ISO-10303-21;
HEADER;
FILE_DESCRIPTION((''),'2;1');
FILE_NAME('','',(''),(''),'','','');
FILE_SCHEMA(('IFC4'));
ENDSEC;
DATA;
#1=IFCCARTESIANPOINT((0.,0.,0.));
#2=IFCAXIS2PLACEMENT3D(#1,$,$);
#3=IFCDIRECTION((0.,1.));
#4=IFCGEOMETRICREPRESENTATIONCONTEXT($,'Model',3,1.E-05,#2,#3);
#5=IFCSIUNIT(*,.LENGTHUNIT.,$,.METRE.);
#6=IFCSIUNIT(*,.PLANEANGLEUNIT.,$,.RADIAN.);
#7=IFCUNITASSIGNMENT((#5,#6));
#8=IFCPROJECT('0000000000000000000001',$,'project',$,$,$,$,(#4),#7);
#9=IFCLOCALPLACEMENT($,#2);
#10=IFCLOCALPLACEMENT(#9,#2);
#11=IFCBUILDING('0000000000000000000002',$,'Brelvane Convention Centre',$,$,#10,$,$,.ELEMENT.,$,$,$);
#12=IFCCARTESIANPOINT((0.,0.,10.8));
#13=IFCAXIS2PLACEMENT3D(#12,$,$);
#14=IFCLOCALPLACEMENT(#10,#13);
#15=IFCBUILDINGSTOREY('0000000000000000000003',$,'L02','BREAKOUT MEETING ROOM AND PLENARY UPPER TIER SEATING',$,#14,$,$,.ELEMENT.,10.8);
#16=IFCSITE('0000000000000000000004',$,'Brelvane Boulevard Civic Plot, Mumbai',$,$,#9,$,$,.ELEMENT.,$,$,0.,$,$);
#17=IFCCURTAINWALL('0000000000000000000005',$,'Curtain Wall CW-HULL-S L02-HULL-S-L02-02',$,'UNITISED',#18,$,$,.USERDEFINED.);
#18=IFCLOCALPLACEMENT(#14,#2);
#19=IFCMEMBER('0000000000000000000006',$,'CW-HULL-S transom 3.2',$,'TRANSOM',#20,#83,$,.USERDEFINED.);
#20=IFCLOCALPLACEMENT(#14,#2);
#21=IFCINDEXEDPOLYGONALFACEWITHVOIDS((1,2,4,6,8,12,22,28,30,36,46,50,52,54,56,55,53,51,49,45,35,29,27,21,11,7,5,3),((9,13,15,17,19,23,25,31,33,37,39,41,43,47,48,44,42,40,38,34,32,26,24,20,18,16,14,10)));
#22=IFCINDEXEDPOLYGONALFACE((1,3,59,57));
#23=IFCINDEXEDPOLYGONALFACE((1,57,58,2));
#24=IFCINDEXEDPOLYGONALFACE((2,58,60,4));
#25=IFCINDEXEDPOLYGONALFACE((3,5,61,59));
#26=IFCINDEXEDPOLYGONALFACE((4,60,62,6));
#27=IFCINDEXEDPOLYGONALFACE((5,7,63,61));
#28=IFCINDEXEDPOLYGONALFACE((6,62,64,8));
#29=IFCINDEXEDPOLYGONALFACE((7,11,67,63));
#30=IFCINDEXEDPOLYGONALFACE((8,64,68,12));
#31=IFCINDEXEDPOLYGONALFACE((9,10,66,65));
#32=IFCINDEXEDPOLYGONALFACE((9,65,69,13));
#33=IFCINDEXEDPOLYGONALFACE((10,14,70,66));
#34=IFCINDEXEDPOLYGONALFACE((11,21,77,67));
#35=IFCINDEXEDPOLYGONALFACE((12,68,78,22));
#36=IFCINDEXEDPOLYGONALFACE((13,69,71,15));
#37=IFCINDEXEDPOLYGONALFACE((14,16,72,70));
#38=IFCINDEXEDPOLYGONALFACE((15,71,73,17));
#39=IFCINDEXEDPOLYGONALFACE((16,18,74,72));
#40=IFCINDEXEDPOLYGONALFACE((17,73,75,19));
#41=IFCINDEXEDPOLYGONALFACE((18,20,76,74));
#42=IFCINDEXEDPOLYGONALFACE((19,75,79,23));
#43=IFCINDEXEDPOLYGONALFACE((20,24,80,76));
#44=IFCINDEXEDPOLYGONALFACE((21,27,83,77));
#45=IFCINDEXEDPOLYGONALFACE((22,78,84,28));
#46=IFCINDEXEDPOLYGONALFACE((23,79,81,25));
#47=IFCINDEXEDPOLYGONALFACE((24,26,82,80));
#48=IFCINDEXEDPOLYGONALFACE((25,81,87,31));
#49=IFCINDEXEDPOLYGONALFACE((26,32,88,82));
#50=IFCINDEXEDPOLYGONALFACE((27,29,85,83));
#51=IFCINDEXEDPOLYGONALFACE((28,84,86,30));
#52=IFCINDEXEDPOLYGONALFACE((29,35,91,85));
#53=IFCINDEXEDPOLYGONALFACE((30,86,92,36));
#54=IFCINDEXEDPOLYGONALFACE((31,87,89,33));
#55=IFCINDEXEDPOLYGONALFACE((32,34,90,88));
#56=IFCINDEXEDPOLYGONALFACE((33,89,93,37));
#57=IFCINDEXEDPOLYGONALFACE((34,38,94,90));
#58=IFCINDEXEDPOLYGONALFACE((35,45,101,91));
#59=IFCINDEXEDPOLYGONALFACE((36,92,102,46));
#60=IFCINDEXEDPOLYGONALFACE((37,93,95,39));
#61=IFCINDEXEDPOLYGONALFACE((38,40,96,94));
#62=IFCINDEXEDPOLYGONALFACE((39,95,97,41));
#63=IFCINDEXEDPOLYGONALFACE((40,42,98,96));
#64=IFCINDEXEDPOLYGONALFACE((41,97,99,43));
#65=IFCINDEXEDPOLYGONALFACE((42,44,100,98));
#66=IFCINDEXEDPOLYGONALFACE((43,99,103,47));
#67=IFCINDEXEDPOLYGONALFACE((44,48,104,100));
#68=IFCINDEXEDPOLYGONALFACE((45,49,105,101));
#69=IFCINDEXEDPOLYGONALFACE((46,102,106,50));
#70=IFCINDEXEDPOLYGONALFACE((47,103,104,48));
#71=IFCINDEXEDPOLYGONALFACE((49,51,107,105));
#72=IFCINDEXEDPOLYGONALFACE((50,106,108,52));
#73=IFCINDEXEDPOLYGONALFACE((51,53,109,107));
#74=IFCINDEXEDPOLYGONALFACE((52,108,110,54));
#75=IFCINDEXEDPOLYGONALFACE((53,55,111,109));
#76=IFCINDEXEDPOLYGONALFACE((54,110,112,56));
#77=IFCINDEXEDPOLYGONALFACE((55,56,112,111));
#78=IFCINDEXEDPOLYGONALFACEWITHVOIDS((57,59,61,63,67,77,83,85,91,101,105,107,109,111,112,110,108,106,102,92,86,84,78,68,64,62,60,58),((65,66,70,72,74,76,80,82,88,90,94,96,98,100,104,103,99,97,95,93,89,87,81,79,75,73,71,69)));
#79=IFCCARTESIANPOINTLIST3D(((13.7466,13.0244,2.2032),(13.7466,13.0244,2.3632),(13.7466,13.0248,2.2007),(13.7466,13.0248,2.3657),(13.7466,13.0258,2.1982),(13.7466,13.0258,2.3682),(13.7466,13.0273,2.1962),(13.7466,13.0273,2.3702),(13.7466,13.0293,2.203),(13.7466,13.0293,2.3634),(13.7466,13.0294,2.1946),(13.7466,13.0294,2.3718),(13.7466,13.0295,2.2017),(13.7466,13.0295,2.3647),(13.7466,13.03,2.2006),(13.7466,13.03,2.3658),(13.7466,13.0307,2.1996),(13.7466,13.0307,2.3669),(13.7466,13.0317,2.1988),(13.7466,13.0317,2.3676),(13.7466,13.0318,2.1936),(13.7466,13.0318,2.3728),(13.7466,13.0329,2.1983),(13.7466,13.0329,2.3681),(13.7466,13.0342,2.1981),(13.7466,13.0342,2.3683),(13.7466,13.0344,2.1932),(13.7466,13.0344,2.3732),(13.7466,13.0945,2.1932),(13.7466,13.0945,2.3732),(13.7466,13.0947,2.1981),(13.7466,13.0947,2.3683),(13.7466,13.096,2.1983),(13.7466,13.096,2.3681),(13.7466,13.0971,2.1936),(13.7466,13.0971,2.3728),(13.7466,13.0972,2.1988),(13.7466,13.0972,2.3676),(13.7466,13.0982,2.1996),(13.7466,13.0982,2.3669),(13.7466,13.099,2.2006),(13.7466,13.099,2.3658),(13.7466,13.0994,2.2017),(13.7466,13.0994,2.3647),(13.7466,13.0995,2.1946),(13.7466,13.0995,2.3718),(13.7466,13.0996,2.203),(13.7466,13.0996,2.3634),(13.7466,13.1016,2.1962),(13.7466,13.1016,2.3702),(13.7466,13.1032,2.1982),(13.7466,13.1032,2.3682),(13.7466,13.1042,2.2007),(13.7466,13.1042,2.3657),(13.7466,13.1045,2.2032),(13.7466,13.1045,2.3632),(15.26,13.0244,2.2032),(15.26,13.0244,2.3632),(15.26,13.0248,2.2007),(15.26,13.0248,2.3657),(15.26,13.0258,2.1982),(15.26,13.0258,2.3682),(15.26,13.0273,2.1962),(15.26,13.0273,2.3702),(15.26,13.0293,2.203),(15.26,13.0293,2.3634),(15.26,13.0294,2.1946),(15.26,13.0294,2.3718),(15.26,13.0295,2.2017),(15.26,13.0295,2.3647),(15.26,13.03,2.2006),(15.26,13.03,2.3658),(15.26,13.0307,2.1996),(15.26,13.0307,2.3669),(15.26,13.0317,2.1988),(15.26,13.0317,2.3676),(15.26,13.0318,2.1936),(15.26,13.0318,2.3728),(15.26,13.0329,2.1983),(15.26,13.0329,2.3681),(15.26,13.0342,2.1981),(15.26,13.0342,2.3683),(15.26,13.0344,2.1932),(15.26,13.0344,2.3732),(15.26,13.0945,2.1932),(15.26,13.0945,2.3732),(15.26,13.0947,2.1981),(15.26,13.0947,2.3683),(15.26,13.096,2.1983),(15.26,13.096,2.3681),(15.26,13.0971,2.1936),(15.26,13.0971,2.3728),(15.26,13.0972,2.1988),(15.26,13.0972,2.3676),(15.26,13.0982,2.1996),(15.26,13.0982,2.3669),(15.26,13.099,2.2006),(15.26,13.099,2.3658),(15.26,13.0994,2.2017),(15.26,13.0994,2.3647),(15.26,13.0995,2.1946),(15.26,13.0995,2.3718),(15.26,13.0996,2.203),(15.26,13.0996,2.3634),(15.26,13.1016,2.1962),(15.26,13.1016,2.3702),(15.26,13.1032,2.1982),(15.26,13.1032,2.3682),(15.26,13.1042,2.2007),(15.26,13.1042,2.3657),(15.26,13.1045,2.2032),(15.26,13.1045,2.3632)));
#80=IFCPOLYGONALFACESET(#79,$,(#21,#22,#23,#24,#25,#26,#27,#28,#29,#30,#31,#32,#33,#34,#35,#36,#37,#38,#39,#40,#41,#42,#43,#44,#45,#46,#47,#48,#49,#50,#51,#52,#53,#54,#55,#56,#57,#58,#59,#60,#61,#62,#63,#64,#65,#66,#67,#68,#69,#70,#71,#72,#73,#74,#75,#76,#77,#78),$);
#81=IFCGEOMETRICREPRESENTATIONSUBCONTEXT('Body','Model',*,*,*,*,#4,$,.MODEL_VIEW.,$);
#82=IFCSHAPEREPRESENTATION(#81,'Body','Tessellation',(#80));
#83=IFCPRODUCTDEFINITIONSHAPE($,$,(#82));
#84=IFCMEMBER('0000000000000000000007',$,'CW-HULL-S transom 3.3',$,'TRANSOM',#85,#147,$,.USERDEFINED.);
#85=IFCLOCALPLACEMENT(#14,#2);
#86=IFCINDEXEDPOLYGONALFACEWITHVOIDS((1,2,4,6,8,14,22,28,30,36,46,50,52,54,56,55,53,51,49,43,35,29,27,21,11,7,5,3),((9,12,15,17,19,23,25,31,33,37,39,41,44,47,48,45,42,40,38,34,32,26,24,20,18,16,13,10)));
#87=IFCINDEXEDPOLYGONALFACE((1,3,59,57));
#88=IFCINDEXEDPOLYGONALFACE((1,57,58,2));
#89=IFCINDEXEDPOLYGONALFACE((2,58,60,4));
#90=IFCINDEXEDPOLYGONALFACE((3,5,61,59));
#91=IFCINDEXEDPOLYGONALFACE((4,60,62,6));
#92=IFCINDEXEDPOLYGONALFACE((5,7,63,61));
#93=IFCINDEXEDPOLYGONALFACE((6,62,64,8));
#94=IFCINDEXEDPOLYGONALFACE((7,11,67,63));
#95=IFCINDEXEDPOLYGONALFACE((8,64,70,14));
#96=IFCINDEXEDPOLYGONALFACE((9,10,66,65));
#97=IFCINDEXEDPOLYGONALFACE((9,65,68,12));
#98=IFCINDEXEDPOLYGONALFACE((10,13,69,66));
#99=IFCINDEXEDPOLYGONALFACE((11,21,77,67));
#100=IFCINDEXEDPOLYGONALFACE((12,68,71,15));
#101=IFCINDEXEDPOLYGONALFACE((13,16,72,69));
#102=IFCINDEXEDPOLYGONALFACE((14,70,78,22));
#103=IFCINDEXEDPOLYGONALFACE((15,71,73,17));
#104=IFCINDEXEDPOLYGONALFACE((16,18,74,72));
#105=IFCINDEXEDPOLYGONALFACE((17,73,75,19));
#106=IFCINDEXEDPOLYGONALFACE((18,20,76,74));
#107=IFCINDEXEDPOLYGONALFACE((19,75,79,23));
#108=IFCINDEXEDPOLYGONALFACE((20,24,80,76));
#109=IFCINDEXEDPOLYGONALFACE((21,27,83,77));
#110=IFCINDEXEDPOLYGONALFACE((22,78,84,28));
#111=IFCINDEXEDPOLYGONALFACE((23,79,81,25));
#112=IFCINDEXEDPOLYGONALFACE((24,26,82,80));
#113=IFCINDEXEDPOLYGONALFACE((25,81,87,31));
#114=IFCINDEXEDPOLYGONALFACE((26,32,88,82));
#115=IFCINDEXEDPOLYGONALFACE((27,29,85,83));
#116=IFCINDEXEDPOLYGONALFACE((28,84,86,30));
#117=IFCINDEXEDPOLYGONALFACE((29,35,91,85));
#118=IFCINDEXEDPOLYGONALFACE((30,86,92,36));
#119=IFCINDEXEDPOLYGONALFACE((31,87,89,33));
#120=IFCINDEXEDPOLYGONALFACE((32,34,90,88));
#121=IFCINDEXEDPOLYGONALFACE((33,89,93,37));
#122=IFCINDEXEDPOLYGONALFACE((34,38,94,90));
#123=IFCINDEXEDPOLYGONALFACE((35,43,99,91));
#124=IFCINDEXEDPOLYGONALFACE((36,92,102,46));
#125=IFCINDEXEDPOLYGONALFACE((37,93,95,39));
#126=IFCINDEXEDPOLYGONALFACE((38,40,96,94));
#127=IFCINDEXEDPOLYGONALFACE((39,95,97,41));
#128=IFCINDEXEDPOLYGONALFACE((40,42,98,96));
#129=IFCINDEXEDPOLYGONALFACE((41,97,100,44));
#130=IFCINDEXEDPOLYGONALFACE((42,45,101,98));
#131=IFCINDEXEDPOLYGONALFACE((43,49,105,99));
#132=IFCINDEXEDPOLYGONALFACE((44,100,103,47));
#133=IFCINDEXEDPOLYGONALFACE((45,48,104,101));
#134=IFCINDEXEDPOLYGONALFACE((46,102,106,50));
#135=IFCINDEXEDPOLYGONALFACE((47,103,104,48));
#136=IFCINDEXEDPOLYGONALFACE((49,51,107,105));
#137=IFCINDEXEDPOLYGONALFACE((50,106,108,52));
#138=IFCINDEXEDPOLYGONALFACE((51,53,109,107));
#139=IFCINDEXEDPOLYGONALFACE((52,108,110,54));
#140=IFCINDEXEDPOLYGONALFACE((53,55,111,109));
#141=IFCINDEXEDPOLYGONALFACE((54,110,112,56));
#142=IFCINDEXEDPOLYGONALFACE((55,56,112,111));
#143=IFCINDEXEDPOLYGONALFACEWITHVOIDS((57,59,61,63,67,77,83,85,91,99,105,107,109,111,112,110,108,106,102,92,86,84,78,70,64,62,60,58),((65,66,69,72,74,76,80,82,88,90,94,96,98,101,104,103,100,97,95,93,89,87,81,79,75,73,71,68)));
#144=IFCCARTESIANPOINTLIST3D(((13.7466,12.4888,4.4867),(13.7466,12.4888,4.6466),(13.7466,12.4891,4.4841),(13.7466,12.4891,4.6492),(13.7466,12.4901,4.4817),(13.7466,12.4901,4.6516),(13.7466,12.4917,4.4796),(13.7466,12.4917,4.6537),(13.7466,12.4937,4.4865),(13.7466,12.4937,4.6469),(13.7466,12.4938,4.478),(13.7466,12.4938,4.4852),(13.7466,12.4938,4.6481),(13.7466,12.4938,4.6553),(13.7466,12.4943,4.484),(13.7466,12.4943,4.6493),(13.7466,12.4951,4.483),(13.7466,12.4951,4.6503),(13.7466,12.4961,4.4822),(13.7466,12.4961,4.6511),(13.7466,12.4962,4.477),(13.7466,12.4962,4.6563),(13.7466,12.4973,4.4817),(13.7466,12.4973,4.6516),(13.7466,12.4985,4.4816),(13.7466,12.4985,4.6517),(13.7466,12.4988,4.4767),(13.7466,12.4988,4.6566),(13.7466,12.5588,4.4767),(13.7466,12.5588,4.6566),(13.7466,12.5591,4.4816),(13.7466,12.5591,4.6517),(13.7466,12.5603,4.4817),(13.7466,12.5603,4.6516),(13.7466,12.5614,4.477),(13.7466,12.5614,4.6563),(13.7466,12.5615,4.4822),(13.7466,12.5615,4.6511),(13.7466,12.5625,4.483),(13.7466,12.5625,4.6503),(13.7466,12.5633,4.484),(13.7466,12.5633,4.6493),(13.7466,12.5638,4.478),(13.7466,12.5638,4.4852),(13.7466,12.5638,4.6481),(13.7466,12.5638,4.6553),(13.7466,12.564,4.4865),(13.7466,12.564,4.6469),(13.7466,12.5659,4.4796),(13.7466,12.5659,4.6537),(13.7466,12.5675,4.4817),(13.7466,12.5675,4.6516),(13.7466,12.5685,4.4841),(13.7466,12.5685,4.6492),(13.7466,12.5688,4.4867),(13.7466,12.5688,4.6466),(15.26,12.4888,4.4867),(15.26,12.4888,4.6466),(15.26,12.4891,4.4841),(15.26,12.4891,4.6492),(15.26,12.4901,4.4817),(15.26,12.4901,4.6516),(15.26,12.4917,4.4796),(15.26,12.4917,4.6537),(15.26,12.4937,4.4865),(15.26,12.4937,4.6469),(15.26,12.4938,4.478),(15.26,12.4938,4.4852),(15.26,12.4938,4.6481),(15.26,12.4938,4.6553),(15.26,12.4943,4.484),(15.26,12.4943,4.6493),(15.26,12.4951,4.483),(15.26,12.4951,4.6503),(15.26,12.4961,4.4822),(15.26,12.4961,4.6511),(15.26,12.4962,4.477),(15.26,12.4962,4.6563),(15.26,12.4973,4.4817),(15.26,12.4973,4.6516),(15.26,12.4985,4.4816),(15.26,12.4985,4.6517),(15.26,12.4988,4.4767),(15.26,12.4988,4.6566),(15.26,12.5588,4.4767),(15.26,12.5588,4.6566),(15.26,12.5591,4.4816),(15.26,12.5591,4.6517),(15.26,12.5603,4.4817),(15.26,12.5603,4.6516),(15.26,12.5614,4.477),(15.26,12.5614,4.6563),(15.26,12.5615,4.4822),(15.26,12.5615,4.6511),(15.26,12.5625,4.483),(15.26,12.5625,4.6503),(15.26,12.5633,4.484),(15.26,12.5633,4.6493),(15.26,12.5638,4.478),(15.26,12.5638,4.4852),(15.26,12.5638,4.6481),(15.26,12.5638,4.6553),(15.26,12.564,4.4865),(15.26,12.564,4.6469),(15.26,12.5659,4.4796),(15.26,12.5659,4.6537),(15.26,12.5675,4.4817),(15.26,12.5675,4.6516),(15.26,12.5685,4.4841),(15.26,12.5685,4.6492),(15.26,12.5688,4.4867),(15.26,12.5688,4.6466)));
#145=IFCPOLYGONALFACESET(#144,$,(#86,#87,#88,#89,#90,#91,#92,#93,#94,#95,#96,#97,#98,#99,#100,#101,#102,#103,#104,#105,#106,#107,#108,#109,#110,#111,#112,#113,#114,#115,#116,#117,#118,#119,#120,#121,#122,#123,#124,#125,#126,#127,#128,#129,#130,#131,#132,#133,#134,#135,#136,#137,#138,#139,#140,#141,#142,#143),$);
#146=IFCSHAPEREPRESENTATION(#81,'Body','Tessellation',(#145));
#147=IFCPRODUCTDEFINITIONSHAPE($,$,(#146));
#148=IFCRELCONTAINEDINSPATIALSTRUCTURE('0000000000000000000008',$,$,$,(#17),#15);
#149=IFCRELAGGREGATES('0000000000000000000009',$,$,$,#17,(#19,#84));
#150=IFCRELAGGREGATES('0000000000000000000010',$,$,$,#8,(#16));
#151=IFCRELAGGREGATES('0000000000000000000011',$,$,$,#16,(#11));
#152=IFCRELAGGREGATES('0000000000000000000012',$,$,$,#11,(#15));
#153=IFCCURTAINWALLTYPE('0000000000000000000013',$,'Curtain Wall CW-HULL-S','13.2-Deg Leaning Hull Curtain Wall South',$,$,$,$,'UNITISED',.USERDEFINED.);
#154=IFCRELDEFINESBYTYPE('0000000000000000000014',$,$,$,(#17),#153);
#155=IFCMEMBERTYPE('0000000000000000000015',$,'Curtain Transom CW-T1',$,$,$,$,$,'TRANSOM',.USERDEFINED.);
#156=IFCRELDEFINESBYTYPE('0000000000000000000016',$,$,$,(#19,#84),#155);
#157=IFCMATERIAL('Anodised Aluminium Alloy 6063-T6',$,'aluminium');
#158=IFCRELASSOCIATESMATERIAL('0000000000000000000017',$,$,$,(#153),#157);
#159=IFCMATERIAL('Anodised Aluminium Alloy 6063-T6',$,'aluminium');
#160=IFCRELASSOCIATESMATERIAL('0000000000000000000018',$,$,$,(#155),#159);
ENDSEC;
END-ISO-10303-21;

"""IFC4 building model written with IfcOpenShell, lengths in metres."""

from ifc_helpers import new_model, si_unit, direction, frame, origin, origin_2d, place, context, subcontext, project, spatial, hollow_rectangle, extrude, material, material_profile, profile_set, type_object, element, aggregate, save


model = new_model("IFC4")

# Units and contexts
model_context = context("Model", 3, precision=1e-05, world=origin(), true_north=direction((0.0, 1.0)))
body_context = subcontext(model_context, "Body", "Model", "MODEL_VIEW")
ifc_project = project(units=[si_unit("LENGTHUNIT", "METRE"), si_unit("PLANEANGLEUNIT", "RADIAN")], contexts=[model_context])

# Site, building, storey
site_placement = place(None, origin())
site = spatial("IfcSite", under=ifc_project, at=site_placement, Name="Brelvane Boulevard Civic Plot, Mumbai", CompositionType="ELEMENT", RefElevation=0.0)
building_placement = place(site_placement, origin())
building = spatial("IfcBuilding", under=site, at=building_placement, Name="Brelvane Convention Centre", CompositionType="ELEMENT")
storey_placement = place(building_placement, frame((0.0, 0.0, 10.8)))
storey = spatial("IfcBuildingStorey", under=building, at=storey_placement, Name="L02", Description="BREAKOUT MEETING ROOM AND PLENARY UPPER TIER SEATING", CompositionType="ELEMENT", Elevation=10.8)

# Curtain wall, members
ifc_material_1 = material(Name="Anodised Aluminium Alloy 6063-T6", Category="aluminium")
curtain_wall_type = type_object("IfcCurtainWallType", Name="Curtain Wall CW-HULL-S", Description="13.2-Deg Leaning Hull Curtain Wall South", ElementType="UNITISED", PredefinedType="USERDEFINED", material=ifc_material_1)
ifc_material_2 = material(Name="Anodised Aluminium Alloy 6063-T6", Category="aluminium")
ifc_material_profile = material_profile(ifc_material_2, hollow_rectangle(XDim=0.0801, YDim=0.1799, WallThickness=0.0049, InnerFilletRadius=0.0049, OuterFilletRadius=0.01, at=origin_2d()), Name="ALU-T 180x80x5.0")
ifc_profile_set = profile_set([ifc_material_profile], Name="Anodised Aluminium Alloy 6063-T6")
member_type = type_object("IfcMemberType", Name="Curtain Transom CW-T1", ElementType="TRANSOM", PredefinedType="USERDEFINED", material=ifc_profile_set)
curtain_wall_1_placement = place(storey_placement, origin())
curtain_wall_1 = element("IfcCurtainWall", 1, at=curtain_wall_1_placement, inside=storey, type_object=curtain_wall_type, Name="Curtain Wall CW-HULL-S L02-HULL-S-L02-02", ObjectType="UNITISED", PredefinedType="USERDEFINED")
member_1_placement = place(storey_placement, frame((13.7466, 13.0645, 2.2832), z_axis=(1.0, 0.0, 0.0), x_axis=(0.0, 1.0, 0.0)))
member_1 = element("IfcMember", 2, at=member_1_placement, type_object=member_type, Name="CW-HULL-S transom 3.2", ObjectType="TRANSOM", PredefinedType="USERDEFINED", context=body_context, shape_type="SweptSolid", body=[
    extrude(hollow_rectangle(XDim=0.0801, YDim=0.1799, WallThickness=0.0049, InnerFilletRadius=0.0049, OuterFilletRadius=0.01, at=origin_2d()), origin(), (0.0, 0.0, 1.0), 1.5134),
])
member_2_placement = place(storey_placement, frame((13.7466, 12.5288, 4.5667), z_axis=(1.0, 0.0, 0.0), x_axis=(0.0, 1.0, 0.0)))
member_2 = element("IfcMember", 3, at=member_2_placement, type_object=member_type, Name="CW-HULL-S transom 3.3", ObjectType="TRANSOM", PredefinedType="USERDEFINED", context=body_context, shape_type="SweptSolid", body=[
    extrude(hollow_rectangle(XDim=0.0801, YDim=0.1799, WallThickness=0.0049, InnerFilletRadius=0.0049, OuterFilletRadius=0.01, at=origin_2d()), origin(), (0.0, 0.0, 1.0), 1.5134),
])

aggregate(curtain_wall_1, [member_1, member_2])

save(model, "model.ifc")
